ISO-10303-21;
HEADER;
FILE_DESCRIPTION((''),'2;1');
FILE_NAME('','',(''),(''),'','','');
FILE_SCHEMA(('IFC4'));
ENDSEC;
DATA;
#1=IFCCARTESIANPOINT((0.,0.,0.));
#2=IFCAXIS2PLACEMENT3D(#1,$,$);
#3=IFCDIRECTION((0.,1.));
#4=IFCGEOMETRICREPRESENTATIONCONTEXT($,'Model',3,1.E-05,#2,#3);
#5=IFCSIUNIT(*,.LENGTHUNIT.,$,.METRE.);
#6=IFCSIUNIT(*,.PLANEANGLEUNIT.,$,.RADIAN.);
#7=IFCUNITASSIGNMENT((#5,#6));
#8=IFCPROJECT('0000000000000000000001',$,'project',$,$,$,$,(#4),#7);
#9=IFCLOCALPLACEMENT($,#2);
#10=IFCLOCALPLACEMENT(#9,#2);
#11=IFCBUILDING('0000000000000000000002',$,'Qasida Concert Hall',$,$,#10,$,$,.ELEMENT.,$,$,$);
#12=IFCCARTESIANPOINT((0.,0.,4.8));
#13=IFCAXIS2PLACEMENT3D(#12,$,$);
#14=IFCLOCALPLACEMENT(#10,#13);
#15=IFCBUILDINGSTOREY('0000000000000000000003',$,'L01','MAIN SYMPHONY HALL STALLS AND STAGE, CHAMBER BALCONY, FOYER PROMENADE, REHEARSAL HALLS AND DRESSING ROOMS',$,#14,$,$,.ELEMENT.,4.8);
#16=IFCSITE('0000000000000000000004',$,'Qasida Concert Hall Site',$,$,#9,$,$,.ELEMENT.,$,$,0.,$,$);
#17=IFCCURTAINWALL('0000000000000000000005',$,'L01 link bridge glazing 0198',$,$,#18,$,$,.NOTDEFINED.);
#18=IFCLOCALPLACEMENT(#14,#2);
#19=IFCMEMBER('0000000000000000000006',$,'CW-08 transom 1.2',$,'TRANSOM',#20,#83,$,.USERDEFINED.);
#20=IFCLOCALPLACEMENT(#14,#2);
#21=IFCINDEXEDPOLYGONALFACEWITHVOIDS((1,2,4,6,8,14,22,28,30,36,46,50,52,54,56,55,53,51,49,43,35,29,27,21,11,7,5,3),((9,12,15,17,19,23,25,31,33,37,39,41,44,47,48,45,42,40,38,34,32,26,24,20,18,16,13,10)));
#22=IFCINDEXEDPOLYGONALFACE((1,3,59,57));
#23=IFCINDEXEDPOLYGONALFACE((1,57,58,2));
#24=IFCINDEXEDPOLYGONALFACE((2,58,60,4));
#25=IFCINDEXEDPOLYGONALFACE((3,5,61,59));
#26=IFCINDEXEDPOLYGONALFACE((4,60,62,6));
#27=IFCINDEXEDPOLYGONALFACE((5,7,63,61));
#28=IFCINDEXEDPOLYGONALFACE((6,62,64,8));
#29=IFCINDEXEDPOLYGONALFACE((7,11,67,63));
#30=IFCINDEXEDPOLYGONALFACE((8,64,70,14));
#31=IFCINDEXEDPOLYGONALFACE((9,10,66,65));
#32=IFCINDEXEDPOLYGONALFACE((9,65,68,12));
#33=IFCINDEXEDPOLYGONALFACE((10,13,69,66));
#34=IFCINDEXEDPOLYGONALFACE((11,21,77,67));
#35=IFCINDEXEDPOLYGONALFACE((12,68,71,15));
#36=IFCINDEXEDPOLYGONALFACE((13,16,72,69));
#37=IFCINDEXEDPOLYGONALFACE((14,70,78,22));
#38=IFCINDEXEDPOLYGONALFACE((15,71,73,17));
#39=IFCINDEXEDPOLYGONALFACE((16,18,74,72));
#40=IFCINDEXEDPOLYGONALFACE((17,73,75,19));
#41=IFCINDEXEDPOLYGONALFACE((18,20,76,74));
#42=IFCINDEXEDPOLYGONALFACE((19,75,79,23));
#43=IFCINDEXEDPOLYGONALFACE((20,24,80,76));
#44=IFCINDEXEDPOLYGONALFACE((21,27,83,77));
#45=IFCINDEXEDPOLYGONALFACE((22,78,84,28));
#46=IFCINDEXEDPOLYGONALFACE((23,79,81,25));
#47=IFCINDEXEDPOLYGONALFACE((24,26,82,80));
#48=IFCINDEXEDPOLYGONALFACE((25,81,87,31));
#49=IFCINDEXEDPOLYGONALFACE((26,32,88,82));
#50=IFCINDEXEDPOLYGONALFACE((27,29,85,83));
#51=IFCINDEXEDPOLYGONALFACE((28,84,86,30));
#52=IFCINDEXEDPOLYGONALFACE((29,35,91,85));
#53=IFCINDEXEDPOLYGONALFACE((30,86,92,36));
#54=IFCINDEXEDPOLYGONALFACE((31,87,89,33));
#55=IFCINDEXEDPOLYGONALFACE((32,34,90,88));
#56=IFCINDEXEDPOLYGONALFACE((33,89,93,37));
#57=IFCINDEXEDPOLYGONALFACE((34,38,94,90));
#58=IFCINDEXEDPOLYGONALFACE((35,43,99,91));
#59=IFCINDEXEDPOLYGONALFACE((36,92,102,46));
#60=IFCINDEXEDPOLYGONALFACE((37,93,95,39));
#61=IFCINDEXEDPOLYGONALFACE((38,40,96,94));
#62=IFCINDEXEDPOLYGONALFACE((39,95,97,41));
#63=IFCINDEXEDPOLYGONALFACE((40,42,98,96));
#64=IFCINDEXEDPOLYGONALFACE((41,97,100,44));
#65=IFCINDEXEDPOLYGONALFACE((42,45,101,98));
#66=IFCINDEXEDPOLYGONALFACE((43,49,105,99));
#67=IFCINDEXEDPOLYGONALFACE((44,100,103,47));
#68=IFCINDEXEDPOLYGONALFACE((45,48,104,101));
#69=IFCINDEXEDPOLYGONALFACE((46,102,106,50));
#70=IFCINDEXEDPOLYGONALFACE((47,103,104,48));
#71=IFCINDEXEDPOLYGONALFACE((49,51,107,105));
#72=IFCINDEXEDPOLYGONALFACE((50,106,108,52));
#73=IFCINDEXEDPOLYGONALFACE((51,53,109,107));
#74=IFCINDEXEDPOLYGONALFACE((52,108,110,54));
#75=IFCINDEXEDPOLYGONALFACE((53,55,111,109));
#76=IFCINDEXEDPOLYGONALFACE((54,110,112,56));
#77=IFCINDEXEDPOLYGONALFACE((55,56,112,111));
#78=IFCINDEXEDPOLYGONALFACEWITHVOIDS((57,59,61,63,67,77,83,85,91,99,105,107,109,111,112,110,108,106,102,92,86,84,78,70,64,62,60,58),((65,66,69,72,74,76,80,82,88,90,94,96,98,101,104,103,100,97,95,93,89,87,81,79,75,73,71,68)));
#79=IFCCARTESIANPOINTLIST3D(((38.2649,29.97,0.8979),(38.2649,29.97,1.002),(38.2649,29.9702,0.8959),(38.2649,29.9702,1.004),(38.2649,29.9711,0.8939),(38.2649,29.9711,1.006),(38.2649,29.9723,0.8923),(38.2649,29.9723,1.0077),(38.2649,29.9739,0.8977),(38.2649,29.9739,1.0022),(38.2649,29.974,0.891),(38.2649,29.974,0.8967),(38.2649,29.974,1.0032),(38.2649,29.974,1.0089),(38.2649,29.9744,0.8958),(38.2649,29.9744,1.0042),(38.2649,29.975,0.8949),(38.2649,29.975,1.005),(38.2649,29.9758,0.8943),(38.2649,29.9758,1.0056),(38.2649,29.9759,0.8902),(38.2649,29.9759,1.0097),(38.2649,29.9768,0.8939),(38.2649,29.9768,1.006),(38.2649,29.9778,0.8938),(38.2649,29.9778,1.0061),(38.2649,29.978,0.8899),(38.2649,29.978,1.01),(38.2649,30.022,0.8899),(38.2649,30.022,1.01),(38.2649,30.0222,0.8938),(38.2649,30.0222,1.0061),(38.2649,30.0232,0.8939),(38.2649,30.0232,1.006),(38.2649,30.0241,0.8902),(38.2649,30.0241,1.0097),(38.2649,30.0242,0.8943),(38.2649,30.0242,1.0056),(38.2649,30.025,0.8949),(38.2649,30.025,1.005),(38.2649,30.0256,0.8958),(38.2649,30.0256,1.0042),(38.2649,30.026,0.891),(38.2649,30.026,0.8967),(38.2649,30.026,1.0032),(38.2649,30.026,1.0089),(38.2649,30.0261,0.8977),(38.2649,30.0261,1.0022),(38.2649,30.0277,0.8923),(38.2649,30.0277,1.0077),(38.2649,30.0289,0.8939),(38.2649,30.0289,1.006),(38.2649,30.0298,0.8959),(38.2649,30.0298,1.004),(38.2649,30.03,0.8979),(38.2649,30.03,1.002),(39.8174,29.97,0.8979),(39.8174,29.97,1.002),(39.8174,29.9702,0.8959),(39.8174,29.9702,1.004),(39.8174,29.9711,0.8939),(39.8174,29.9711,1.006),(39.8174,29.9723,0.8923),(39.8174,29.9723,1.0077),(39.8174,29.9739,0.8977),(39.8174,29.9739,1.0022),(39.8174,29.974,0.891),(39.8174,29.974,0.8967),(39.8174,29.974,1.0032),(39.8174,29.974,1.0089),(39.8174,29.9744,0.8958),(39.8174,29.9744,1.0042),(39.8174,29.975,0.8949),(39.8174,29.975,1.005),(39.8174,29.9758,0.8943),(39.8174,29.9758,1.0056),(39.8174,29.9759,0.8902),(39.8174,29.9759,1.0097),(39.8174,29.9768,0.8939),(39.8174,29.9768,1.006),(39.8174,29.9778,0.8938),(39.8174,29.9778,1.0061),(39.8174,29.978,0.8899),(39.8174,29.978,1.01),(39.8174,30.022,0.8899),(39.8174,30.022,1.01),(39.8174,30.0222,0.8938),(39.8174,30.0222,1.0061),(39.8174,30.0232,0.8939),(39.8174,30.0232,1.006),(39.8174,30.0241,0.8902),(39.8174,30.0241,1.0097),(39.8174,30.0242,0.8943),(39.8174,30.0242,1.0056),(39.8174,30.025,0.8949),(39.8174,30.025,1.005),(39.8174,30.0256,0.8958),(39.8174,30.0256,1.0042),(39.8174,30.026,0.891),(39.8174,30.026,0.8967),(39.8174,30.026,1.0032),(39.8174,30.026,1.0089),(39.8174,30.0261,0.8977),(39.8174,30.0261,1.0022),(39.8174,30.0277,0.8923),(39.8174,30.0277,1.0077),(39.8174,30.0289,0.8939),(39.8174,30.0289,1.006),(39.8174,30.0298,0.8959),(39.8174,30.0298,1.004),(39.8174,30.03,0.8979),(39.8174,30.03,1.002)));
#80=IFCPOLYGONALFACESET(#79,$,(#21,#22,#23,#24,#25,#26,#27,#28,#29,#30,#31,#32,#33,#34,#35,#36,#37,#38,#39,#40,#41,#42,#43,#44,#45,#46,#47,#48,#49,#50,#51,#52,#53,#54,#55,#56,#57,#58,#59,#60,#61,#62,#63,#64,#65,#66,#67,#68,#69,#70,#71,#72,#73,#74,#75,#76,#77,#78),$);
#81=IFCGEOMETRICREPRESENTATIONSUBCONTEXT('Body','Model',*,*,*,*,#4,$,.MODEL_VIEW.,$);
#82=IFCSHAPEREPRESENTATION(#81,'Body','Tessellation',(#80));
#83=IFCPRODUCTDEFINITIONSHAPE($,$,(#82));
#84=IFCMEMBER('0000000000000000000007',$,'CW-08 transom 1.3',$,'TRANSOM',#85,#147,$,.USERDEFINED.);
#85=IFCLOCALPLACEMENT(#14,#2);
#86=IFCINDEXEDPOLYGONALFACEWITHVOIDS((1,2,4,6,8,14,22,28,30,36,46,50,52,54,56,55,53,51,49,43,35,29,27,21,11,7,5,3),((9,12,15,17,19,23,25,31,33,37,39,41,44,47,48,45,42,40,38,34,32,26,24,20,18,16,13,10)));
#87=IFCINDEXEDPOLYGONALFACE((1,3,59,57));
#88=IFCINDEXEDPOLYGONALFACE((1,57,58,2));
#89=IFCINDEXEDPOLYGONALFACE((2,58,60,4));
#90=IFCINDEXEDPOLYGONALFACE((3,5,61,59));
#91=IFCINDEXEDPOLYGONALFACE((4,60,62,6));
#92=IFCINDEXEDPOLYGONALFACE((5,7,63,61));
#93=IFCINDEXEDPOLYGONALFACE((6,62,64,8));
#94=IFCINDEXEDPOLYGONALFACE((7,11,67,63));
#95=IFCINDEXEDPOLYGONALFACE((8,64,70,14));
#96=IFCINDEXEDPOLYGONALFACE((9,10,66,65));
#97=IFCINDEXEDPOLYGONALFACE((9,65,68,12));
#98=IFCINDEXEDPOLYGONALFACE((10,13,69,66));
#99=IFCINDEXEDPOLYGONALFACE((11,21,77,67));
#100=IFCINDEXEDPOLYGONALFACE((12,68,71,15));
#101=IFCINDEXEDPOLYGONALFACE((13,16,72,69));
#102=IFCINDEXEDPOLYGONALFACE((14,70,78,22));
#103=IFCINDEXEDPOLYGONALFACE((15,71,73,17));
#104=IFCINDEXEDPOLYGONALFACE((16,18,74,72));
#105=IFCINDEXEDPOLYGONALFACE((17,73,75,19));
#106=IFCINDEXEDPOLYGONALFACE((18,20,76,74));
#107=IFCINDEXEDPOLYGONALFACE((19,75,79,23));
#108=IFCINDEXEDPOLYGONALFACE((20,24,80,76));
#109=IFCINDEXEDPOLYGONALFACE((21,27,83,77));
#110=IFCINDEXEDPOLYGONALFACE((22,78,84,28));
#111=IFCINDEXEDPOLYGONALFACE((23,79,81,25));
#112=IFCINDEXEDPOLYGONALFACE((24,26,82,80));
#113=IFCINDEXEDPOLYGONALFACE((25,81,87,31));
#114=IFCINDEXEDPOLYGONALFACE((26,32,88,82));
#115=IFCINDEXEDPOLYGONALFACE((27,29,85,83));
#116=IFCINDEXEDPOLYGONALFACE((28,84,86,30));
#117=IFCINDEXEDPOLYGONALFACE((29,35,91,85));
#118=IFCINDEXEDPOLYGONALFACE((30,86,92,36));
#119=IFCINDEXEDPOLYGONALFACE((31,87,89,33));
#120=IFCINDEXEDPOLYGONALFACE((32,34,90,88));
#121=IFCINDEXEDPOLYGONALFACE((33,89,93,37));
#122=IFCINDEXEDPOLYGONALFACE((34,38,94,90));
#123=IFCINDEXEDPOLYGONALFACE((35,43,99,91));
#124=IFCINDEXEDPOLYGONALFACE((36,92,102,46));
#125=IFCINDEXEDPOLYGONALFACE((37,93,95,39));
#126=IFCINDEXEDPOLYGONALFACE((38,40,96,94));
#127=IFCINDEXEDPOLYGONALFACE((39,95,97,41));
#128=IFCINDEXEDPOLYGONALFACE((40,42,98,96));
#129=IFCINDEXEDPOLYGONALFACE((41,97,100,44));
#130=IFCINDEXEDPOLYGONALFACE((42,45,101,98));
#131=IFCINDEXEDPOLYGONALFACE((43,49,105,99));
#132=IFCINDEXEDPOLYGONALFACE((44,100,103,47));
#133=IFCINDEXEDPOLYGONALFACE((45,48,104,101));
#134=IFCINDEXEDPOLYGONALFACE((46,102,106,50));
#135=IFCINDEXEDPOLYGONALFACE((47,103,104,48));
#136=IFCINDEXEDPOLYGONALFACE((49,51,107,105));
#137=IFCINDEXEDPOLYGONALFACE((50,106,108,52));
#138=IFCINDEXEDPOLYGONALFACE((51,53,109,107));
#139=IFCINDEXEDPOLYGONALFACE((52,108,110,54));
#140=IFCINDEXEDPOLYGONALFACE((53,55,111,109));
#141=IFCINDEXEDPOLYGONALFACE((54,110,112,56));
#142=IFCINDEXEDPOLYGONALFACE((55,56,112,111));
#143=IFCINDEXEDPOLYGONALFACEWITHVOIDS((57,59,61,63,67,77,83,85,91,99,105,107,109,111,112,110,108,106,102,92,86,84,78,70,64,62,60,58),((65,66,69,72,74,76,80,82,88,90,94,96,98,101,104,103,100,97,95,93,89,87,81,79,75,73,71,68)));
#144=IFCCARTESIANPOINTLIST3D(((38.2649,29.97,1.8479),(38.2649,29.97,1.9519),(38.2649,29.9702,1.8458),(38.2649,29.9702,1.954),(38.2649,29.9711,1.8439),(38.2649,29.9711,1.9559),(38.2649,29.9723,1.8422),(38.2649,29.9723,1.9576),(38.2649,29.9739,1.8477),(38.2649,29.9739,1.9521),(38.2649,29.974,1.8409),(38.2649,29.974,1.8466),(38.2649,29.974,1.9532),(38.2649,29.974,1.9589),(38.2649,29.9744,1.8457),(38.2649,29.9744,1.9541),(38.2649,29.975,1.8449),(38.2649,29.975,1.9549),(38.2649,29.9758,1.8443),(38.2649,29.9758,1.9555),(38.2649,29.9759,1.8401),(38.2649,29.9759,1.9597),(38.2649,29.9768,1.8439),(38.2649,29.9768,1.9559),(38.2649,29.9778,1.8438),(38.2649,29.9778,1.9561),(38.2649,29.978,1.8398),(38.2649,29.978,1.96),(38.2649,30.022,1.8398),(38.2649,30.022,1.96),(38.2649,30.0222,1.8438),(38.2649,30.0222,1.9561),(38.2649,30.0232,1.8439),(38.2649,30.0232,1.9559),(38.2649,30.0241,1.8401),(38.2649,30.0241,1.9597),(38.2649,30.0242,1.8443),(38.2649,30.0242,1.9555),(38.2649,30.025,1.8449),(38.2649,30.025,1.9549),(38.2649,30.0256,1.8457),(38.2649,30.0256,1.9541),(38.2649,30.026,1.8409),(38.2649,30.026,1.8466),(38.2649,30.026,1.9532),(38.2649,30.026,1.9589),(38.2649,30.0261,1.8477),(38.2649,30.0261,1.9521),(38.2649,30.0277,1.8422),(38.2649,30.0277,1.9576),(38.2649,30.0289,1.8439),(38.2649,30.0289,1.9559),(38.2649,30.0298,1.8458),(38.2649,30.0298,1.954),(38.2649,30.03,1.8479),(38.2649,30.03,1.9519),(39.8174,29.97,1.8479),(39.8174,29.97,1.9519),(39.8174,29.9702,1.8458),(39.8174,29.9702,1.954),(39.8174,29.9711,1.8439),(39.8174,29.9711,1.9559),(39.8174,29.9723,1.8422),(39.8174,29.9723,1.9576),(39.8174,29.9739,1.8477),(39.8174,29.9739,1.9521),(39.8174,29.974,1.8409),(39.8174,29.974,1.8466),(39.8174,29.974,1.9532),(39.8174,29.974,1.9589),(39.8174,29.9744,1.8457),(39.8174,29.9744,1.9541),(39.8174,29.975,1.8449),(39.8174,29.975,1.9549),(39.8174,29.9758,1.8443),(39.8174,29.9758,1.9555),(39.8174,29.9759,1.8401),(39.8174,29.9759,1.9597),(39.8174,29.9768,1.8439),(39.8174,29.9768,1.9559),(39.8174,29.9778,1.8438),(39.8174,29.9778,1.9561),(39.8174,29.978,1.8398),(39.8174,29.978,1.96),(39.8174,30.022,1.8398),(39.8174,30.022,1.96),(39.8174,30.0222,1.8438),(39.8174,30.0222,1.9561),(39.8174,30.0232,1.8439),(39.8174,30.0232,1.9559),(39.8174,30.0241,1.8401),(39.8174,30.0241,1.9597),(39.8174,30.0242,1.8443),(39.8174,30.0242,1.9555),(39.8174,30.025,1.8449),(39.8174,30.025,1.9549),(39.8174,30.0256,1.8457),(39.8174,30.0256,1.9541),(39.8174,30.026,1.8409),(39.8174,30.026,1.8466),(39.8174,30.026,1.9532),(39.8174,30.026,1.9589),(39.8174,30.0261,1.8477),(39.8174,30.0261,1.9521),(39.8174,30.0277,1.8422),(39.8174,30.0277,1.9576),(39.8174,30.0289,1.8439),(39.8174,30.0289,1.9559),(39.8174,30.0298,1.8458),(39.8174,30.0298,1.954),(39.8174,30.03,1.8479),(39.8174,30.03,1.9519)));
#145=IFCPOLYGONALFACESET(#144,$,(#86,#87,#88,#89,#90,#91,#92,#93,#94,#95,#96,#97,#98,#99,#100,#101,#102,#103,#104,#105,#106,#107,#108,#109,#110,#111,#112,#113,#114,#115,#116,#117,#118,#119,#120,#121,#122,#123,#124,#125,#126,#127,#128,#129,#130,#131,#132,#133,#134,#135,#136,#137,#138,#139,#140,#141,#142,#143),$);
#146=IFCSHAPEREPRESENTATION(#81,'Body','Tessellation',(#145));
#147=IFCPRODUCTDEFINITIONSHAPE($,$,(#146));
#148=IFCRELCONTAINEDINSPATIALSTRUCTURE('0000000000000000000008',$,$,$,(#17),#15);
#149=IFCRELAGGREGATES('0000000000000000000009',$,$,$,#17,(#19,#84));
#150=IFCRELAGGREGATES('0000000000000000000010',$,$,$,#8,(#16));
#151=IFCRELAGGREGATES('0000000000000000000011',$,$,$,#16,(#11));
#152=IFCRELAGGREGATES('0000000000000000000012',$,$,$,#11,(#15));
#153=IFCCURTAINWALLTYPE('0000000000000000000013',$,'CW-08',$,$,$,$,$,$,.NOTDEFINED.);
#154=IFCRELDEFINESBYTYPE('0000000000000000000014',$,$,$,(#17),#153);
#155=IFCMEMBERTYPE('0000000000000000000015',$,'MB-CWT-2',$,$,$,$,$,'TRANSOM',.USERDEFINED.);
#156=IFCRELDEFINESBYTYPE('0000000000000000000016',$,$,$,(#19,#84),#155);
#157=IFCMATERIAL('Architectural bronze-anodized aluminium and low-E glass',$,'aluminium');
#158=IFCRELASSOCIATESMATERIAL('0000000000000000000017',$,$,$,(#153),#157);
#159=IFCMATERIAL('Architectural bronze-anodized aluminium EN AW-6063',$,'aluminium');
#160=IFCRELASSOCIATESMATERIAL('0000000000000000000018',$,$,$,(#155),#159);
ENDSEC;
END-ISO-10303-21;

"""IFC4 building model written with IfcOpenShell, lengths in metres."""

from ifc_helpers import new_model, si_unit, direction, frame, origin, origin_2d, place, context, subcontext, project, spatial, hollow_rectangle, extrude, material, material_profile, profile_set, type_object, element, aggregate, save


model = new_model("IFC4")

# Units and contexts
model_context = context("Model", 3, precision=1e-05, world=origin(), true_north=direction((0.0, 1.0)))
body_context = subcontext(model_context, "Body", "Model", "MODEL_VIEW")
ifc_project = project(units=[si_unit("LENGTHUNIT", "METRE"), si_unit("PLANEANGLEUNIT", "RADIAN")], contexts=[model_context])

# Site, building, storey
site_placement = place(None, origin())
site = spatial("IfcSite", under=ifc_project, at=site_placement, Name="Qasida Concert Hall Site", CompositionType="ELEMENT", RefElevation=0.0)
building_placement = place(site_placement, origin())
building = spatial("IfcBuilding", under=site, at=building_placement, Name="Qasida Concert Hall", CompositionType="ELEMENT")
storey_placement = place(building_placement, frame((0.0, 0.0, 4.8)))
storey = spatial("IfcBuildingStorey", under=building, at=storey_placement, Name="L01", Description="MAIN SYMPHONY HALL STALLS AND STAGE, CHAMBER BALCONY, FOYER PROMENADE, REHEARSAL HALLS AND DRESSING ROOMS", CompositionType="ELEMENT", Elevation=4.8)

# Shared definitions
ifc_material_1 = material(Name="Architectural bronze-anodized aluminium and low-E glass", Category="aluminium")
ifc_material_2 = material(Name="Architectural bronze-anodized aluminium EN AW-6063", Category="aluminium")

# Curtain wall
curtain_wall_type_1 = type_object("IfcCurtainWallType", Name="CW-08", PredefinedType="NOTDEFINED", material=ifc_material_1)
curtain_wall_1_placement = place(storey_placement, origin())
curtain_wall_1 = element("IfcCurtainWall", 1, at=curtain_wall_1_placement, inside=storey, type_object=curtain_wall_type_1, Name="L01 link bridge glazing 0198", PredefinedType="NOTDEFINED")

# Members
ifc_material_profile_1 = material_profile(ifc_material_2, hollow_rectangle(XDim=0.0601, YDim=0.1201, WallThickness=0.0039, InnerFilletRadius=0.0039, OuterFilletRadius=0.0081, at=origin_2d()), Name="CWT 120x60x4")
ifc_profile_set_1 = profile_set([ifc_material_profile_1], Name="Architectural bronze-anodized aluminium EN AW-6063")
member_type_1 = type_object("IfcMemberType", Name="MB-CWT-2", ElementType="TRANSOM", PredefinedType="USERDEFINED", material=ifc_profile_set_1)
member_1_placement = place(storey_placement, frame((38.2649, 30.0, 0.95), z_axis=(1.0, 0.0, 0.0), x_axis=(0.0, 1.0, 0.0)))
member_1 = element("IfcMember", 2, at=member_1_placement, type_object=member_type_1, Name="CW-08 transom 1.2", ObjectType="TRANSOM", PredefinedType="USERDEFINED", context=body_context, shape_type="SweptSolid", body=[
    extrude(hollow_rectangle(XDim=0.0601, YDim=0.1201, WallThickness=0.0039, InnerFilletRadius=0.0039, OuterFilletRadius=0.0081, at=origin_2d()), origin(), (0.0, 0.0, 1.0), 1.5525),
])
member_2_placement = place(storey_placement, frame((38.2649, 30.0, 1.8999), z_axis=(1.0, 0.0, 0.0), x_axis=(0.0, 1.0, 0.0)))
member_2 = element("IfcMember", 3, at=member_2_placement, type_object=member_type_1, Name="CW-08 transom 1.3", ObjectType="TRANSOM", PredefinedType="USERDEFINED", context=body_context, shape_type="SweptSolid", body=[
    extrude(hollow_rectangle(XDim=0.0601, YDim=0.1201, WallThickness=0.0039, InnerFilletRadius=0.0039, OuterFilletRadius=0.0081, at=origin_2d()), origin(), (0.0, 0.0, 1.0), 1.5525),
])

aggregate(curtain_wall_1, [member_1, member_2])

save(model, "model.ifc")
